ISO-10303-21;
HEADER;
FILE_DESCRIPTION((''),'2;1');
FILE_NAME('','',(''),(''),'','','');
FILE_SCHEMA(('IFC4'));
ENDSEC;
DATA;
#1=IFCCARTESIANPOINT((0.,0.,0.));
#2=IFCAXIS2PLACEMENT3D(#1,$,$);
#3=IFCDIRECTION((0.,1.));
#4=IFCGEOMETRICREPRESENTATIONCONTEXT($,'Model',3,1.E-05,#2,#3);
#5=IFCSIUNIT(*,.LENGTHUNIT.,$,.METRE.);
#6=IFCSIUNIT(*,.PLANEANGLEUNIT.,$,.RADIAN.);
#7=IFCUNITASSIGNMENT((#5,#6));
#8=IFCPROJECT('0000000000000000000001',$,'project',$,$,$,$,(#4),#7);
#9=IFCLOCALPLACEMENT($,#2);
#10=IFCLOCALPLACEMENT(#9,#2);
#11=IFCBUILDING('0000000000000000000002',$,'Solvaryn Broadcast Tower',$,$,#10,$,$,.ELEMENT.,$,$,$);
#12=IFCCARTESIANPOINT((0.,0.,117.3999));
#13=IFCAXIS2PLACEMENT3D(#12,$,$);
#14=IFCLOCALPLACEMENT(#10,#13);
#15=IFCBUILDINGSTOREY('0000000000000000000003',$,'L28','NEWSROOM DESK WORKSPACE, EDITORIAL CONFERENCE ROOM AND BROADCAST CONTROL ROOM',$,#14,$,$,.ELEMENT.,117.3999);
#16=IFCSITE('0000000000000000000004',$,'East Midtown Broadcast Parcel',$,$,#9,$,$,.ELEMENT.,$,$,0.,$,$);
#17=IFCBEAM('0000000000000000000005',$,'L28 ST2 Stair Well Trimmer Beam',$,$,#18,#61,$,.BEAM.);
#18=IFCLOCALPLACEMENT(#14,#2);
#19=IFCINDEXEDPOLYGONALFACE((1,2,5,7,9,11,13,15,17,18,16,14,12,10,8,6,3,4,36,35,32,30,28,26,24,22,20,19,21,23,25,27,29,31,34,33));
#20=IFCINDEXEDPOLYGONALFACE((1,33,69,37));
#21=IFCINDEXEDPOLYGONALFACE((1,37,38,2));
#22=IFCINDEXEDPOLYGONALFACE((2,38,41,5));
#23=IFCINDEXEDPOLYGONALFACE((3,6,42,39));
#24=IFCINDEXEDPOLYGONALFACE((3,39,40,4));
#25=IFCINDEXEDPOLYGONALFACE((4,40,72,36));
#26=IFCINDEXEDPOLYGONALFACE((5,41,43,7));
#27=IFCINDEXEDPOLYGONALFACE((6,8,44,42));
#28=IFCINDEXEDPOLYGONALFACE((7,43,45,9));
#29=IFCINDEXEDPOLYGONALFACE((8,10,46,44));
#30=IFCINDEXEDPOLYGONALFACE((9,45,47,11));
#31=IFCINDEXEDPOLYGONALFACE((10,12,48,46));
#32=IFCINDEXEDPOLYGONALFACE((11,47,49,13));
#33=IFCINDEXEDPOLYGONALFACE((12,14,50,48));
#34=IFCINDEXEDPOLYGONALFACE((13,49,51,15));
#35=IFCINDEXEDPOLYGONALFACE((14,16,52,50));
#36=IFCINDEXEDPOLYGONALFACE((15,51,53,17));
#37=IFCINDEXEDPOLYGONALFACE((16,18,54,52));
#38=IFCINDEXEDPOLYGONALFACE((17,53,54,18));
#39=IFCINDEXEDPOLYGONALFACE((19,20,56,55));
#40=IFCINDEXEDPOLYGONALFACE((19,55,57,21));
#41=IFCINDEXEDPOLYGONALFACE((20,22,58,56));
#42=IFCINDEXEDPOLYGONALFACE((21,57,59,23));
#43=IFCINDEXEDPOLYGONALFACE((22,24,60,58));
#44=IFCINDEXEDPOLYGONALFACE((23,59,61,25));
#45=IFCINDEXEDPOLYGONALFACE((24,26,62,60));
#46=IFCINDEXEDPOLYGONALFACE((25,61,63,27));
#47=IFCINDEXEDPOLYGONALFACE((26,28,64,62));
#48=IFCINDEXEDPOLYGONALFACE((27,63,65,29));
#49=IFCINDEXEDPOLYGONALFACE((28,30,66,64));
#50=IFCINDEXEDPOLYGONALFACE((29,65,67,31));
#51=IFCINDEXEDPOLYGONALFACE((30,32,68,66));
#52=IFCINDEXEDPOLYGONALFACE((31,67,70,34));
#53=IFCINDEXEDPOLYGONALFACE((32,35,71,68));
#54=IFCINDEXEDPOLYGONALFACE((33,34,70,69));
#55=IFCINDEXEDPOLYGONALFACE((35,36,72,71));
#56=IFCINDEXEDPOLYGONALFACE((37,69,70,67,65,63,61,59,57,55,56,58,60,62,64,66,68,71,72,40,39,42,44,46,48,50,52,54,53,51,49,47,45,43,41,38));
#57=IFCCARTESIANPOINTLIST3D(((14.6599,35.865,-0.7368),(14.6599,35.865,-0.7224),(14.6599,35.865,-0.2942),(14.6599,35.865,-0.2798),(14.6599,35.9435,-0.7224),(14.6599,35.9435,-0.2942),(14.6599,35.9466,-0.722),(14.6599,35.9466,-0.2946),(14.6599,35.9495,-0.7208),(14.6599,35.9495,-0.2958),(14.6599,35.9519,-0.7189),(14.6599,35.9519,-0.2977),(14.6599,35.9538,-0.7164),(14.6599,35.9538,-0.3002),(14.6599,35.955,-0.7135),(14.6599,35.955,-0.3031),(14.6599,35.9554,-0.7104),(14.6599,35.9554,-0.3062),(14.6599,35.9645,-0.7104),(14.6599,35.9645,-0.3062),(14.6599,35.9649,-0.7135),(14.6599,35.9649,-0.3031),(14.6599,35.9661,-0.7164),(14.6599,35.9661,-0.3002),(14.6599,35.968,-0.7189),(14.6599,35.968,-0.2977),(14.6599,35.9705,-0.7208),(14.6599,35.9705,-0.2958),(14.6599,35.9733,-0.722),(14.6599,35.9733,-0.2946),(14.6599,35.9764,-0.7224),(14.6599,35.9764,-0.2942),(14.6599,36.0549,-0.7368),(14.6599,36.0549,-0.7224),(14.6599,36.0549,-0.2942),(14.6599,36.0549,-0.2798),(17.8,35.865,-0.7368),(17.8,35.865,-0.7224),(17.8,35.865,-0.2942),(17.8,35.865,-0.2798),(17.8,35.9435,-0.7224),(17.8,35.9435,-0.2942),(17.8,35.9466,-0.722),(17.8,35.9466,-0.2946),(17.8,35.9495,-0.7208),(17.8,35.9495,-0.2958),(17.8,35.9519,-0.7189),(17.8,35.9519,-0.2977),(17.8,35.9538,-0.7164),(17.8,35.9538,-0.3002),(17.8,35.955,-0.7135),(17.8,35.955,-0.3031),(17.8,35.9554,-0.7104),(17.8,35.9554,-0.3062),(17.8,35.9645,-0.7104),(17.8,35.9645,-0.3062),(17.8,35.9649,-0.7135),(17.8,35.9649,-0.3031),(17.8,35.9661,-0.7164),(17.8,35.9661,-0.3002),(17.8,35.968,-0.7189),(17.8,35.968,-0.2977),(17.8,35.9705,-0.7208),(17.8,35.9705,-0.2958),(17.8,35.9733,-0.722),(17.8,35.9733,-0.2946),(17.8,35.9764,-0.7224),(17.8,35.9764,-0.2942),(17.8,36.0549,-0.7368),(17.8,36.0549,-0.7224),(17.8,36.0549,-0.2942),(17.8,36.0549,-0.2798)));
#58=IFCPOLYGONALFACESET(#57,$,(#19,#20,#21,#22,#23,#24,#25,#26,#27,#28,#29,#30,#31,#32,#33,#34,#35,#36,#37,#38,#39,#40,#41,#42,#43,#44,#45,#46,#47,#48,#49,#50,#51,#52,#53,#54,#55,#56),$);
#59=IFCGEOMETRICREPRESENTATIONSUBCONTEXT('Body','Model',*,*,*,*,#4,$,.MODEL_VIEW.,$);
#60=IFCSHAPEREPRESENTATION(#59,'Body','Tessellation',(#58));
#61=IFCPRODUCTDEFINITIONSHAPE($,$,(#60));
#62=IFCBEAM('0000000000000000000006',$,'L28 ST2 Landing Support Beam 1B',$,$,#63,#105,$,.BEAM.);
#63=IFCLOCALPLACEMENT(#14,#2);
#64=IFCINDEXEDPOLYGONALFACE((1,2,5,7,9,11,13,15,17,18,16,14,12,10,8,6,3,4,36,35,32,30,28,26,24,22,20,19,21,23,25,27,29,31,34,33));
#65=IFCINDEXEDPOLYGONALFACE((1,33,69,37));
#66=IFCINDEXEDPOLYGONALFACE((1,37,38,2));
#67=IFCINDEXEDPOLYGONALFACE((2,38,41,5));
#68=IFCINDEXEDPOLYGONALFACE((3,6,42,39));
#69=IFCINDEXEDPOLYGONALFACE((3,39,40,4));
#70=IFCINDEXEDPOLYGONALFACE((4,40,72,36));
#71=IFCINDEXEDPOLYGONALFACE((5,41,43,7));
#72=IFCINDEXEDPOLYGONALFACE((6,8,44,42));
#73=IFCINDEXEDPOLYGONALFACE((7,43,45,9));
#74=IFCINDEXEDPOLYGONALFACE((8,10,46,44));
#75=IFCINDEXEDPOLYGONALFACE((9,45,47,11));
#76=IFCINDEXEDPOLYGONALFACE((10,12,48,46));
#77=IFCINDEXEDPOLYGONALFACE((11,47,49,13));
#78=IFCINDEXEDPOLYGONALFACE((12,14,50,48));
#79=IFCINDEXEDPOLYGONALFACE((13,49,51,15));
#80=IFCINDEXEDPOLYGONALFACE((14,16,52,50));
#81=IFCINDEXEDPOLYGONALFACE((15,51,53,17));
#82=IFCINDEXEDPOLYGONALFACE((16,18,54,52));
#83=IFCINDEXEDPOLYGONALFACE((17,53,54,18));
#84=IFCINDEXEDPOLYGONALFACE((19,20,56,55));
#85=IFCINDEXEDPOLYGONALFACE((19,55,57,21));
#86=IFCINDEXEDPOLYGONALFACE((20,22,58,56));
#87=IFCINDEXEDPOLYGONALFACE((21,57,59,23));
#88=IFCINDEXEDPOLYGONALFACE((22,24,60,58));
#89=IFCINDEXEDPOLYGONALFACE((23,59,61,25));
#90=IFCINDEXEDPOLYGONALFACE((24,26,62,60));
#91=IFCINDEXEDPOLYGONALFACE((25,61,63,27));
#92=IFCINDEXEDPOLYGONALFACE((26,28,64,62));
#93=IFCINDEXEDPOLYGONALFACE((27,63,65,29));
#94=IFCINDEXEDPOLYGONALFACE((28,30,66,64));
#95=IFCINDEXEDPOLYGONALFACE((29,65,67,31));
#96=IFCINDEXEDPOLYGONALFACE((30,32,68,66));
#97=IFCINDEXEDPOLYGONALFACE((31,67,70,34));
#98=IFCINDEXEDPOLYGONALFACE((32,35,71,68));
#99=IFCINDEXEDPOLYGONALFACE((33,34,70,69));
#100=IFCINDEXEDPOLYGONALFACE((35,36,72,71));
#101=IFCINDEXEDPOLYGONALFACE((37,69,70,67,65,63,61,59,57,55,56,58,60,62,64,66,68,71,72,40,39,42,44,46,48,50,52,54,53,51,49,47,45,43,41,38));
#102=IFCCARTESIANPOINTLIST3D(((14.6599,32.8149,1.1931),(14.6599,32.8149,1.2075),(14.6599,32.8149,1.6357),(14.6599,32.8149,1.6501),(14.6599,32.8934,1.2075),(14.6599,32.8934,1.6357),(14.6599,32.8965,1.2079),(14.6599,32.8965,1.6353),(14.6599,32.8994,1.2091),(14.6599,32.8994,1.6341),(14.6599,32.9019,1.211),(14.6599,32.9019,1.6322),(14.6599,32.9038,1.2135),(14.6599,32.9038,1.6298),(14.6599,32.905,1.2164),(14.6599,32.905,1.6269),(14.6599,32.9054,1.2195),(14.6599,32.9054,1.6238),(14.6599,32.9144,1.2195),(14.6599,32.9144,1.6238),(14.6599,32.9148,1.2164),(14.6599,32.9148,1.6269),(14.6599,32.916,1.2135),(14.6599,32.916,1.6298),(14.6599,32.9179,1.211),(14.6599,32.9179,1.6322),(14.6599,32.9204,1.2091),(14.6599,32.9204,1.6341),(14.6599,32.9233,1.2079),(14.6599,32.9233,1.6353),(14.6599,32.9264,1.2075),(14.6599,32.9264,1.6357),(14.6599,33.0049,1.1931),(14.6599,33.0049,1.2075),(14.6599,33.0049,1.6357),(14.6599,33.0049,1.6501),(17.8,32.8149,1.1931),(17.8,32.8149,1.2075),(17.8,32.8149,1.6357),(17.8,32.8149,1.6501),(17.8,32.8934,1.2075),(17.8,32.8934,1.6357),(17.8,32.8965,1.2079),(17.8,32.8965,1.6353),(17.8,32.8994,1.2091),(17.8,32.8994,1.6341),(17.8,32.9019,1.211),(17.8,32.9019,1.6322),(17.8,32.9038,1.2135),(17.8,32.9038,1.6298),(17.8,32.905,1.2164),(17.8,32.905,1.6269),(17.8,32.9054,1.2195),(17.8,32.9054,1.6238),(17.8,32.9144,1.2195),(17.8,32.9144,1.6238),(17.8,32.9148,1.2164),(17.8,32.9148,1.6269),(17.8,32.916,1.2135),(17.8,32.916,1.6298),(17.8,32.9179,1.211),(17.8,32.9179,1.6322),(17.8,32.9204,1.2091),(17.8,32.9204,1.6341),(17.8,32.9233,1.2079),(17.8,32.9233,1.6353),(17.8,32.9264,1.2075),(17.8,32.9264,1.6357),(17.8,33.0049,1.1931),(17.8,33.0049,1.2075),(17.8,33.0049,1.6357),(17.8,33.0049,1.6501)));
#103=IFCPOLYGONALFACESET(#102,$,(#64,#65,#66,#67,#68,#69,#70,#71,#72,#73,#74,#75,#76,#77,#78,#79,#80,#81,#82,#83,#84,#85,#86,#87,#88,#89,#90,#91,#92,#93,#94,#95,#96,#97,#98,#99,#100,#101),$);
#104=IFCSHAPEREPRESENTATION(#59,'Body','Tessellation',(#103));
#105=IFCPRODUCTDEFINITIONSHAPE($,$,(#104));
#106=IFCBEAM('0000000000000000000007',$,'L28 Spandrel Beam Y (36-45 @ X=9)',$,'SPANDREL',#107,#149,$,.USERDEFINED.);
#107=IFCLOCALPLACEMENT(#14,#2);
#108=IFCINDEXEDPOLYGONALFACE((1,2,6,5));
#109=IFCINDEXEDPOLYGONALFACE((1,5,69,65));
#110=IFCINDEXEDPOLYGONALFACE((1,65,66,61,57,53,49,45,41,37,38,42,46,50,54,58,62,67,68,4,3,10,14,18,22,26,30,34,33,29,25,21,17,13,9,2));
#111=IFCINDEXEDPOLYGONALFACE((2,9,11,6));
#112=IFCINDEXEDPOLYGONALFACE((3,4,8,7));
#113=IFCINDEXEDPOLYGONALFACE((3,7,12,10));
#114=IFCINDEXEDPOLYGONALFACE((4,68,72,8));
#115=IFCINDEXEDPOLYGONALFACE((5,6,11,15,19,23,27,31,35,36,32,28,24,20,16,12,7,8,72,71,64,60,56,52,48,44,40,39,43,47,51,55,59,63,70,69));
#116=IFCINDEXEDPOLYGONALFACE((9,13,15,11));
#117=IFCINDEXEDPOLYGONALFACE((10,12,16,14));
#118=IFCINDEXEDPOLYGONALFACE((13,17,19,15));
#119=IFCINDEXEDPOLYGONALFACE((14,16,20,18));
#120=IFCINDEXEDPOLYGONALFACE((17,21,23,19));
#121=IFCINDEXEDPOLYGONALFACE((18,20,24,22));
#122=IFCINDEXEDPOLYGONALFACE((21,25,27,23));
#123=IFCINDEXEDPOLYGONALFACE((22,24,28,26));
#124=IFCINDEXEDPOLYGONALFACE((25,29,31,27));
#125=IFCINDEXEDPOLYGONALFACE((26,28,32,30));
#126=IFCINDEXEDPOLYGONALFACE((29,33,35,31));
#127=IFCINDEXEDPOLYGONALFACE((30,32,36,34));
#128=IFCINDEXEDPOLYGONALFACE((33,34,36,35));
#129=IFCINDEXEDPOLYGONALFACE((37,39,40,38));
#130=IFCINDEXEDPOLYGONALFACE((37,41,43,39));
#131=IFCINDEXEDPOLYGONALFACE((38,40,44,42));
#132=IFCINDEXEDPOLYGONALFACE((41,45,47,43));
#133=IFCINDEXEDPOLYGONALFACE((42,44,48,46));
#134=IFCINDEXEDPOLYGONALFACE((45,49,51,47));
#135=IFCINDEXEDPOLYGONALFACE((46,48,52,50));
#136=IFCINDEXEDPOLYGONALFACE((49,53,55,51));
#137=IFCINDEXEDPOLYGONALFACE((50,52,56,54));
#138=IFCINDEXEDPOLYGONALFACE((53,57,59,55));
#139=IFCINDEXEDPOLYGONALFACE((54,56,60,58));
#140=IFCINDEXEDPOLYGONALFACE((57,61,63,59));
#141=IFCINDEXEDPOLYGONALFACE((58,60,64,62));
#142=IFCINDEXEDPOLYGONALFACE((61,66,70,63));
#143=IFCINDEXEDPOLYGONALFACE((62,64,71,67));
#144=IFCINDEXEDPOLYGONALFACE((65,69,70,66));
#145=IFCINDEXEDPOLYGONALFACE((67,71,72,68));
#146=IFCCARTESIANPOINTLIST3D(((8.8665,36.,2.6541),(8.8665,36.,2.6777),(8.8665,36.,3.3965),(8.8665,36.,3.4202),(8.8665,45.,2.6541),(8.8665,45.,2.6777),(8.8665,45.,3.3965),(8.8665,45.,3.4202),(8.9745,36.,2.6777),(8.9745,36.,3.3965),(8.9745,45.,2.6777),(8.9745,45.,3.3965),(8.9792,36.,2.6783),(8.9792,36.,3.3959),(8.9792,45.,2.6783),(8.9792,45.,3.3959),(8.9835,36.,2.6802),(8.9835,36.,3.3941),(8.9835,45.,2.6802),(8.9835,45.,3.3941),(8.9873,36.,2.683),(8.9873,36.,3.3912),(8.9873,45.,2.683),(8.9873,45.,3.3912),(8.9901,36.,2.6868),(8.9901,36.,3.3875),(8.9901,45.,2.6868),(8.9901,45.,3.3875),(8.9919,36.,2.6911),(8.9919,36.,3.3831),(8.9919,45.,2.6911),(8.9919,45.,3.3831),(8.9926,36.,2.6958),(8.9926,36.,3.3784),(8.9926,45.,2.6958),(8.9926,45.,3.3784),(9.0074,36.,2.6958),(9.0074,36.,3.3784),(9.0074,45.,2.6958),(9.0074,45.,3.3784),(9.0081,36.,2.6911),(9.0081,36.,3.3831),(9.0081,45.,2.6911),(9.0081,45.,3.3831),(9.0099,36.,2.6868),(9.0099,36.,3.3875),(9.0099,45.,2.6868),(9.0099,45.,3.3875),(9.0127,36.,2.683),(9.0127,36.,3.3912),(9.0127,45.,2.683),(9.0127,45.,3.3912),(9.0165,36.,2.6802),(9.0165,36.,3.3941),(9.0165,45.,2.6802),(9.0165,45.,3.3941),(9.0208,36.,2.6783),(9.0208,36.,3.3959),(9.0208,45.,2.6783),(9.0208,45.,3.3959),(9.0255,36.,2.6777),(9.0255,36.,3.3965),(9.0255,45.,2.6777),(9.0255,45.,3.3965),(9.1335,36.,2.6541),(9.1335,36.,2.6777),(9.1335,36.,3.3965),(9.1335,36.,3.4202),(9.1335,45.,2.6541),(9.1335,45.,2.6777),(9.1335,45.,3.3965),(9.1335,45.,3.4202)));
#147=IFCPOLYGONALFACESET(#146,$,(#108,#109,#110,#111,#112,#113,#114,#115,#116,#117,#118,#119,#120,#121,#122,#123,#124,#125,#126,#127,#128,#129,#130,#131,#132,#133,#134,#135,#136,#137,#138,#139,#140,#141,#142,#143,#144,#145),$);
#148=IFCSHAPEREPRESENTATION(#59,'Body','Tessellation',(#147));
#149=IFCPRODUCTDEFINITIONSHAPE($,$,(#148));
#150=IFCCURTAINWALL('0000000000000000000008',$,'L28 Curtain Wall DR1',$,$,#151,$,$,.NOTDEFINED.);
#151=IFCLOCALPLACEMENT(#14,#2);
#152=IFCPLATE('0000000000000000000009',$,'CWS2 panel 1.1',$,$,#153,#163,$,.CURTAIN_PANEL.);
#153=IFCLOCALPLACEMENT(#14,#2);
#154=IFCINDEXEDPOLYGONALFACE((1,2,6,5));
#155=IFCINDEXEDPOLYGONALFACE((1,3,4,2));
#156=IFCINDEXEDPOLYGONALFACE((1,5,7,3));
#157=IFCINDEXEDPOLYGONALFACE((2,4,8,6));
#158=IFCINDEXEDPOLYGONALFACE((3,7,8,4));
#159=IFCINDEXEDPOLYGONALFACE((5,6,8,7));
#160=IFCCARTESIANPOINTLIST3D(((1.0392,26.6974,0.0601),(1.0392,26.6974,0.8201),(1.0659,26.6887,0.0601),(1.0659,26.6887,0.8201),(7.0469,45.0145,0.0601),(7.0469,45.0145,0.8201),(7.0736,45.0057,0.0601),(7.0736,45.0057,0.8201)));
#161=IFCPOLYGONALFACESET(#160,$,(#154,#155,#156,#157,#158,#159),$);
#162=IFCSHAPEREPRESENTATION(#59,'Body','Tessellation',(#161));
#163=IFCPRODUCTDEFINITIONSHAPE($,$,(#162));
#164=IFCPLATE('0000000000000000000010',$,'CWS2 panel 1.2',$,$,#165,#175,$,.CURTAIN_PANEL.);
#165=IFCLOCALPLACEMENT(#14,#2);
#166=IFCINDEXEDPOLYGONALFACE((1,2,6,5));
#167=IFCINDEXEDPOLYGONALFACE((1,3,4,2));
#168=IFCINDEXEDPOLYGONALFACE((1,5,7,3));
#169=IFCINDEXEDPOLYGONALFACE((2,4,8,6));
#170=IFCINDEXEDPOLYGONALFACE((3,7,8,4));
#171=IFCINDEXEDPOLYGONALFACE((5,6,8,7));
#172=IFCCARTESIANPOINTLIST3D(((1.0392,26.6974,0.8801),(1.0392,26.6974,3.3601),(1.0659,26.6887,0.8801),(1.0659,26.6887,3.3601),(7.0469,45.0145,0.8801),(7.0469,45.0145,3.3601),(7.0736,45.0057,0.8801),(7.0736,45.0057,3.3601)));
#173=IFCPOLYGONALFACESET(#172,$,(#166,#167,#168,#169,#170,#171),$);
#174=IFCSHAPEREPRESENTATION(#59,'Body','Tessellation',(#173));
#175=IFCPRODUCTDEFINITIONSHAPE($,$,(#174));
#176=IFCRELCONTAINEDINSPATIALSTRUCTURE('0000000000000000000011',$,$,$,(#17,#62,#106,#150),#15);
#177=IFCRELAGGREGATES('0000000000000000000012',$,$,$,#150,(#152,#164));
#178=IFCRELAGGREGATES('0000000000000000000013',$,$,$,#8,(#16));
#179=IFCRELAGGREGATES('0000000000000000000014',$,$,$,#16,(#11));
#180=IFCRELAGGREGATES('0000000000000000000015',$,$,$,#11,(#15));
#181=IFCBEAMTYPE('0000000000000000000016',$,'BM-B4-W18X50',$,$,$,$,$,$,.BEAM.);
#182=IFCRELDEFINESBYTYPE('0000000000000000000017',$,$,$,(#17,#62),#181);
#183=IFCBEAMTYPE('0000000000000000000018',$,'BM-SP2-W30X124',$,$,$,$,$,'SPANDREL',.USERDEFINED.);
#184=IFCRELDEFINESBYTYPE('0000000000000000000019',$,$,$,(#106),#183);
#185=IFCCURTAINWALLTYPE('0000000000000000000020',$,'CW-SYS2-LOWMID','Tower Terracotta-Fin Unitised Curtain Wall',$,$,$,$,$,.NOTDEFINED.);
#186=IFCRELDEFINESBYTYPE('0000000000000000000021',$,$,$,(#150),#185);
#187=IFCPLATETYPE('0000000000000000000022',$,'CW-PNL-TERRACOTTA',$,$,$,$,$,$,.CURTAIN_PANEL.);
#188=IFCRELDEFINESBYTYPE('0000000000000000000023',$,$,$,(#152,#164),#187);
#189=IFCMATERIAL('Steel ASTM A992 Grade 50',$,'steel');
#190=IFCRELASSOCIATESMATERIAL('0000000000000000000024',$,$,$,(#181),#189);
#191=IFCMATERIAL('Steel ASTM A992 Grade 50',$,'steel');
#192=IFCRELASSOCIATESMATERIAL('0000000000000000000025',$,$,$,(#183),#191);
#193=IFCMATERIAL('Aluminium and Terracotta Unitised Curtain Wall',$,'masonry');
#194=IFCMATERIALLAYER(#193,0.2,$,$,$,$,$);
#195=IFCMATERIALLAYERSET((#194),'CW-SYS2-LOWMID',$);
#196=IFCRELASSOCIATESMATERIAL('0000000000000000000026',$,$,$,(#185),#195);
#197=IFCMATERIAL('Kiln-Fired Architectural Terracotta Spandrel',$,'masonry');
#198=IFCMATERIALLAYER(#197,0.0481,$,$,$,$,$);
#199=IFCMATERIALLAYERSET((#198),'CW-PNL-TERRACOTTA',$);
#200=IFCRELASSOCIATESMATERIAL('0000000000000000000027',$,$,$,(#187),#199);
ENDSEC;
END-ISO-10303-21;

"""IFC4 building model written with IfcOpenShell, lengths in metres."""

from ifc_helpers import new_model, si_unit, direction, frame, origin, origin_2d, place, context, subcontext, project, spatial, rectangle, i_section, extrude, material, layer, layer_set, material_profile, profile_set, type_object, element, aggregate, save


model = new_model("IFC4")

# Units and contexts
model_context = context("Model", 3, precision=1e-05, world=origin(), true_north=direction((0.0, 1.0)))
body_context = subcontext(model_context, "Body", "Model", "MODEL_VIEW")
ifc_project = project(units=[si_unit("LENGTHUNIT", "METRE"), si_unit("PLANEANGLEUNIT", "RADIAN")], contexts=[model_context])

# Site, building, storey
site_placement = place(None, origin())
site = spatial("IfcSite", under=ifc_project, at=site_placement, Name="East Midtown Broadcast Parcel", CompositionType="ELEMENT", RefElevation=0.0)
building_placement = place(site_placement, origin())
building = spatial("IfcBuilding", under=site, at=building_placement, Name="Solvaryn Broadcast Tower", CompositionType="ELEMENT")
storey_placement = place(building_placement, frame((0.0, 0.0, 117.3999)))
storey = spatial("IfcBuildingStorey", under=building, at=storey_placement, Name="L28", Description="NEWSROOM DESK WORKSPACE, EDITORIAL CONFERENCE ROOM AND BROADCAST CONTROL ROOM", CompositionType="ELEMENT", Elevation=117.3999)

# Beams
ifc_material_1 = material(Name="Steel ASTM A992 Grade 50", Category="steel")
ifc_material_profile_1 = material_profile(ifc_material_1, i_section(OverallWidth=0.1899, OverallDepth=0.457, WebThickness=0.009, FlangeThickness=0.0144, FilletRadius=0.012, at=origin_2d()))
ifc_profile_set_1 = profile_set([ifc_material_profile_1], Name="Steel ASTM A992 Grade 50")
beam_type_1 = type_object("IfcBeamType", Name="BM-B4-W18X50", PredefinedType="BEAM", material=ifc_profile_set_1)
for number, where, z_axis, x_axis, name in (
    (1, (14.6599, 35.96, -0.5083), (1.0, 0.0, 0.0), (0.0, 1.0, 0.0), "L28 ST2 Stair Well Trimmer Beam"),
    (2, (14.6599, 32.9099, 1.4216), (1.0, 0.0, 0.0), (0.0, 1.0, 0.0), "L28 ST2 Landing Support Beam 1B"),
):
    element("IfcBeam", number, at=place(storey_placement, frame(where, z_axis=z_axis, x_axis=x_axis)), inside=storey, type_object=beam_type_1, Name=name, PredefinedType="BEAM", context=body_context, shape_type="SweptSolid", body=[
        extrude(i_section(OverallWidth=0.1899, OverallDepth=0.457, WebThickness=0.009, FlangeThickness=0.0144, FilletRadius=0.012, at=origin_2d()), origin(), (0.0, 0.0, 1.0), 3.1401),
    ])
ifc_material_2 = material(Name="Steel ASTM A992 Grade 50", Category="steel")
ifc_material_profile_2 = material_profile(ifc_material_2, i_section(OverallWidth=0.2671, OverallDepth=0.7661, WebThickness=0.0149, FlangeThickness=0.0237, FilletRadius=0.0181, at=origin_2d()))
ifc_profile_set_2 = profile_set([ifc_material_profile_2], Name="Steel ASTM A992 Grade 50")
beam_type_2 = type_object("IfcBeamType", Name="BM-SP2-W30X124", ElementType="SPANDREL", PredefinedType="USERDEFINED", material=ifc_profile_set_2)
beam_1_placement = place(storey_placement, frame((9.0, 36.0, 3.0371), z_axis=(0.0, 1.0, 0.0), x_axis=(-1.0, 0.0, 0.0)))
element("IfcBeam", 3, at=beam_1_placement, inside=storey, type_object=beam_type_2, Name="L28 Spandrel Beam Y (36-45 @ X=9)", ObjectType="SPANDREL", PredefinedType="USERDEFINED", context=body_context, shape_type="SweptSolid", body=[
    extrude(i_section(OverallWidth=0.2671, OverallDepth=0.7661, WebThickness=0.0149, FlangeThickness=0.0237, FilletRadius=0.0181, at=origin_2d()), origin(), (0.0, 0.0, 1.0), 9.0),
])

# Curtain wall, plates
ifc_material_3 = material(Name="Aluminium and Terracotta Unitised Curtain Wall", Category="masonry")
ifc_layer_1 = layer(ifc_material_3, 0.2)
ifc_layer_set_1 = layer_set([ifc_layer_1], Name="CW-SYS2-LOWMID")
curtain_wall_type = type_object("IfcCurtainWallType", Name="CW-SYS2-LOWMID", Description="Tower Terracotta-Fin Unitised Curtain Wall", PredefinedType="NOTDEFINED", material=ifc_layer_set_1)
curtain_wall_placement = place(storey_placement, origin())
curtain_wall = element("IfcCurtainWall", 4, at=curtain_wall_placement, inside=storey, type_object=curtain_wall_type, Name="L28 Curtain Wall DR1", PredefinedType="NOTDEFINED")
ifc_material_4 = material(Name="Kiln-Fired Architectural Terracotta Spandrel", Category="masonry")
ifc_layer_2 = layer(ifc_material_4, 0.0481)
ifc_layer_set_2 = layer_set([ifc_layer_2], Name="CW-PNL-TERRACOTTA")
plate_type = type_object("IfcPlateType", Name="CW-PNL-TERRACOTTA", PredefinedType="CURTAIN_PANEL", material=ifc_layer_set_2)
plate_1_placement = place(storey_placement, frame((4.0564, 35.8516, 0.0601), z_axis=(0.0, 0.0, 1.0), x_axis=(-0.311646, -0.950198, 0.0)))
plate_1 = element("IfcPlate", 5, at=plate_1_placement, type_object=plate_type, Name="CWS2 panel 1.1", PredefinedType="CURTAIN_PANEL", context=body_context, shape_type="SweptSolid", body=[
    extrude(rectangle(XDim=19.2771, YDim=0.0281, at=origin_2d()), origin(), (0.0, 0.0, 1.0), 0.76),
])
plate_2_placement = place(storey_placement, frame((4.0564, 35.8516, 0.8801), z_axis=(0.0, 0.0, 1.0), x_axis=(-0.311646, -0.950198, 0.0)))
plate_2 = element("IfcPlate", 6, at=plate_2_placement, type_object=plate_type, Name="CWS2 panel 1.2", PredefinedType="CURTAIN_PANEL", context=body_context, shape_type="SweptSolid", body=[
    extrude(rectangle(XDim=19.2771, YDim=0.0281, at=origin_2d()), origin(), (0.0, 0.0, 1.0), 2.48),
])
aggregate(curtain_wall, [plate_1, plate_2])

save(model, "model.ifc")
